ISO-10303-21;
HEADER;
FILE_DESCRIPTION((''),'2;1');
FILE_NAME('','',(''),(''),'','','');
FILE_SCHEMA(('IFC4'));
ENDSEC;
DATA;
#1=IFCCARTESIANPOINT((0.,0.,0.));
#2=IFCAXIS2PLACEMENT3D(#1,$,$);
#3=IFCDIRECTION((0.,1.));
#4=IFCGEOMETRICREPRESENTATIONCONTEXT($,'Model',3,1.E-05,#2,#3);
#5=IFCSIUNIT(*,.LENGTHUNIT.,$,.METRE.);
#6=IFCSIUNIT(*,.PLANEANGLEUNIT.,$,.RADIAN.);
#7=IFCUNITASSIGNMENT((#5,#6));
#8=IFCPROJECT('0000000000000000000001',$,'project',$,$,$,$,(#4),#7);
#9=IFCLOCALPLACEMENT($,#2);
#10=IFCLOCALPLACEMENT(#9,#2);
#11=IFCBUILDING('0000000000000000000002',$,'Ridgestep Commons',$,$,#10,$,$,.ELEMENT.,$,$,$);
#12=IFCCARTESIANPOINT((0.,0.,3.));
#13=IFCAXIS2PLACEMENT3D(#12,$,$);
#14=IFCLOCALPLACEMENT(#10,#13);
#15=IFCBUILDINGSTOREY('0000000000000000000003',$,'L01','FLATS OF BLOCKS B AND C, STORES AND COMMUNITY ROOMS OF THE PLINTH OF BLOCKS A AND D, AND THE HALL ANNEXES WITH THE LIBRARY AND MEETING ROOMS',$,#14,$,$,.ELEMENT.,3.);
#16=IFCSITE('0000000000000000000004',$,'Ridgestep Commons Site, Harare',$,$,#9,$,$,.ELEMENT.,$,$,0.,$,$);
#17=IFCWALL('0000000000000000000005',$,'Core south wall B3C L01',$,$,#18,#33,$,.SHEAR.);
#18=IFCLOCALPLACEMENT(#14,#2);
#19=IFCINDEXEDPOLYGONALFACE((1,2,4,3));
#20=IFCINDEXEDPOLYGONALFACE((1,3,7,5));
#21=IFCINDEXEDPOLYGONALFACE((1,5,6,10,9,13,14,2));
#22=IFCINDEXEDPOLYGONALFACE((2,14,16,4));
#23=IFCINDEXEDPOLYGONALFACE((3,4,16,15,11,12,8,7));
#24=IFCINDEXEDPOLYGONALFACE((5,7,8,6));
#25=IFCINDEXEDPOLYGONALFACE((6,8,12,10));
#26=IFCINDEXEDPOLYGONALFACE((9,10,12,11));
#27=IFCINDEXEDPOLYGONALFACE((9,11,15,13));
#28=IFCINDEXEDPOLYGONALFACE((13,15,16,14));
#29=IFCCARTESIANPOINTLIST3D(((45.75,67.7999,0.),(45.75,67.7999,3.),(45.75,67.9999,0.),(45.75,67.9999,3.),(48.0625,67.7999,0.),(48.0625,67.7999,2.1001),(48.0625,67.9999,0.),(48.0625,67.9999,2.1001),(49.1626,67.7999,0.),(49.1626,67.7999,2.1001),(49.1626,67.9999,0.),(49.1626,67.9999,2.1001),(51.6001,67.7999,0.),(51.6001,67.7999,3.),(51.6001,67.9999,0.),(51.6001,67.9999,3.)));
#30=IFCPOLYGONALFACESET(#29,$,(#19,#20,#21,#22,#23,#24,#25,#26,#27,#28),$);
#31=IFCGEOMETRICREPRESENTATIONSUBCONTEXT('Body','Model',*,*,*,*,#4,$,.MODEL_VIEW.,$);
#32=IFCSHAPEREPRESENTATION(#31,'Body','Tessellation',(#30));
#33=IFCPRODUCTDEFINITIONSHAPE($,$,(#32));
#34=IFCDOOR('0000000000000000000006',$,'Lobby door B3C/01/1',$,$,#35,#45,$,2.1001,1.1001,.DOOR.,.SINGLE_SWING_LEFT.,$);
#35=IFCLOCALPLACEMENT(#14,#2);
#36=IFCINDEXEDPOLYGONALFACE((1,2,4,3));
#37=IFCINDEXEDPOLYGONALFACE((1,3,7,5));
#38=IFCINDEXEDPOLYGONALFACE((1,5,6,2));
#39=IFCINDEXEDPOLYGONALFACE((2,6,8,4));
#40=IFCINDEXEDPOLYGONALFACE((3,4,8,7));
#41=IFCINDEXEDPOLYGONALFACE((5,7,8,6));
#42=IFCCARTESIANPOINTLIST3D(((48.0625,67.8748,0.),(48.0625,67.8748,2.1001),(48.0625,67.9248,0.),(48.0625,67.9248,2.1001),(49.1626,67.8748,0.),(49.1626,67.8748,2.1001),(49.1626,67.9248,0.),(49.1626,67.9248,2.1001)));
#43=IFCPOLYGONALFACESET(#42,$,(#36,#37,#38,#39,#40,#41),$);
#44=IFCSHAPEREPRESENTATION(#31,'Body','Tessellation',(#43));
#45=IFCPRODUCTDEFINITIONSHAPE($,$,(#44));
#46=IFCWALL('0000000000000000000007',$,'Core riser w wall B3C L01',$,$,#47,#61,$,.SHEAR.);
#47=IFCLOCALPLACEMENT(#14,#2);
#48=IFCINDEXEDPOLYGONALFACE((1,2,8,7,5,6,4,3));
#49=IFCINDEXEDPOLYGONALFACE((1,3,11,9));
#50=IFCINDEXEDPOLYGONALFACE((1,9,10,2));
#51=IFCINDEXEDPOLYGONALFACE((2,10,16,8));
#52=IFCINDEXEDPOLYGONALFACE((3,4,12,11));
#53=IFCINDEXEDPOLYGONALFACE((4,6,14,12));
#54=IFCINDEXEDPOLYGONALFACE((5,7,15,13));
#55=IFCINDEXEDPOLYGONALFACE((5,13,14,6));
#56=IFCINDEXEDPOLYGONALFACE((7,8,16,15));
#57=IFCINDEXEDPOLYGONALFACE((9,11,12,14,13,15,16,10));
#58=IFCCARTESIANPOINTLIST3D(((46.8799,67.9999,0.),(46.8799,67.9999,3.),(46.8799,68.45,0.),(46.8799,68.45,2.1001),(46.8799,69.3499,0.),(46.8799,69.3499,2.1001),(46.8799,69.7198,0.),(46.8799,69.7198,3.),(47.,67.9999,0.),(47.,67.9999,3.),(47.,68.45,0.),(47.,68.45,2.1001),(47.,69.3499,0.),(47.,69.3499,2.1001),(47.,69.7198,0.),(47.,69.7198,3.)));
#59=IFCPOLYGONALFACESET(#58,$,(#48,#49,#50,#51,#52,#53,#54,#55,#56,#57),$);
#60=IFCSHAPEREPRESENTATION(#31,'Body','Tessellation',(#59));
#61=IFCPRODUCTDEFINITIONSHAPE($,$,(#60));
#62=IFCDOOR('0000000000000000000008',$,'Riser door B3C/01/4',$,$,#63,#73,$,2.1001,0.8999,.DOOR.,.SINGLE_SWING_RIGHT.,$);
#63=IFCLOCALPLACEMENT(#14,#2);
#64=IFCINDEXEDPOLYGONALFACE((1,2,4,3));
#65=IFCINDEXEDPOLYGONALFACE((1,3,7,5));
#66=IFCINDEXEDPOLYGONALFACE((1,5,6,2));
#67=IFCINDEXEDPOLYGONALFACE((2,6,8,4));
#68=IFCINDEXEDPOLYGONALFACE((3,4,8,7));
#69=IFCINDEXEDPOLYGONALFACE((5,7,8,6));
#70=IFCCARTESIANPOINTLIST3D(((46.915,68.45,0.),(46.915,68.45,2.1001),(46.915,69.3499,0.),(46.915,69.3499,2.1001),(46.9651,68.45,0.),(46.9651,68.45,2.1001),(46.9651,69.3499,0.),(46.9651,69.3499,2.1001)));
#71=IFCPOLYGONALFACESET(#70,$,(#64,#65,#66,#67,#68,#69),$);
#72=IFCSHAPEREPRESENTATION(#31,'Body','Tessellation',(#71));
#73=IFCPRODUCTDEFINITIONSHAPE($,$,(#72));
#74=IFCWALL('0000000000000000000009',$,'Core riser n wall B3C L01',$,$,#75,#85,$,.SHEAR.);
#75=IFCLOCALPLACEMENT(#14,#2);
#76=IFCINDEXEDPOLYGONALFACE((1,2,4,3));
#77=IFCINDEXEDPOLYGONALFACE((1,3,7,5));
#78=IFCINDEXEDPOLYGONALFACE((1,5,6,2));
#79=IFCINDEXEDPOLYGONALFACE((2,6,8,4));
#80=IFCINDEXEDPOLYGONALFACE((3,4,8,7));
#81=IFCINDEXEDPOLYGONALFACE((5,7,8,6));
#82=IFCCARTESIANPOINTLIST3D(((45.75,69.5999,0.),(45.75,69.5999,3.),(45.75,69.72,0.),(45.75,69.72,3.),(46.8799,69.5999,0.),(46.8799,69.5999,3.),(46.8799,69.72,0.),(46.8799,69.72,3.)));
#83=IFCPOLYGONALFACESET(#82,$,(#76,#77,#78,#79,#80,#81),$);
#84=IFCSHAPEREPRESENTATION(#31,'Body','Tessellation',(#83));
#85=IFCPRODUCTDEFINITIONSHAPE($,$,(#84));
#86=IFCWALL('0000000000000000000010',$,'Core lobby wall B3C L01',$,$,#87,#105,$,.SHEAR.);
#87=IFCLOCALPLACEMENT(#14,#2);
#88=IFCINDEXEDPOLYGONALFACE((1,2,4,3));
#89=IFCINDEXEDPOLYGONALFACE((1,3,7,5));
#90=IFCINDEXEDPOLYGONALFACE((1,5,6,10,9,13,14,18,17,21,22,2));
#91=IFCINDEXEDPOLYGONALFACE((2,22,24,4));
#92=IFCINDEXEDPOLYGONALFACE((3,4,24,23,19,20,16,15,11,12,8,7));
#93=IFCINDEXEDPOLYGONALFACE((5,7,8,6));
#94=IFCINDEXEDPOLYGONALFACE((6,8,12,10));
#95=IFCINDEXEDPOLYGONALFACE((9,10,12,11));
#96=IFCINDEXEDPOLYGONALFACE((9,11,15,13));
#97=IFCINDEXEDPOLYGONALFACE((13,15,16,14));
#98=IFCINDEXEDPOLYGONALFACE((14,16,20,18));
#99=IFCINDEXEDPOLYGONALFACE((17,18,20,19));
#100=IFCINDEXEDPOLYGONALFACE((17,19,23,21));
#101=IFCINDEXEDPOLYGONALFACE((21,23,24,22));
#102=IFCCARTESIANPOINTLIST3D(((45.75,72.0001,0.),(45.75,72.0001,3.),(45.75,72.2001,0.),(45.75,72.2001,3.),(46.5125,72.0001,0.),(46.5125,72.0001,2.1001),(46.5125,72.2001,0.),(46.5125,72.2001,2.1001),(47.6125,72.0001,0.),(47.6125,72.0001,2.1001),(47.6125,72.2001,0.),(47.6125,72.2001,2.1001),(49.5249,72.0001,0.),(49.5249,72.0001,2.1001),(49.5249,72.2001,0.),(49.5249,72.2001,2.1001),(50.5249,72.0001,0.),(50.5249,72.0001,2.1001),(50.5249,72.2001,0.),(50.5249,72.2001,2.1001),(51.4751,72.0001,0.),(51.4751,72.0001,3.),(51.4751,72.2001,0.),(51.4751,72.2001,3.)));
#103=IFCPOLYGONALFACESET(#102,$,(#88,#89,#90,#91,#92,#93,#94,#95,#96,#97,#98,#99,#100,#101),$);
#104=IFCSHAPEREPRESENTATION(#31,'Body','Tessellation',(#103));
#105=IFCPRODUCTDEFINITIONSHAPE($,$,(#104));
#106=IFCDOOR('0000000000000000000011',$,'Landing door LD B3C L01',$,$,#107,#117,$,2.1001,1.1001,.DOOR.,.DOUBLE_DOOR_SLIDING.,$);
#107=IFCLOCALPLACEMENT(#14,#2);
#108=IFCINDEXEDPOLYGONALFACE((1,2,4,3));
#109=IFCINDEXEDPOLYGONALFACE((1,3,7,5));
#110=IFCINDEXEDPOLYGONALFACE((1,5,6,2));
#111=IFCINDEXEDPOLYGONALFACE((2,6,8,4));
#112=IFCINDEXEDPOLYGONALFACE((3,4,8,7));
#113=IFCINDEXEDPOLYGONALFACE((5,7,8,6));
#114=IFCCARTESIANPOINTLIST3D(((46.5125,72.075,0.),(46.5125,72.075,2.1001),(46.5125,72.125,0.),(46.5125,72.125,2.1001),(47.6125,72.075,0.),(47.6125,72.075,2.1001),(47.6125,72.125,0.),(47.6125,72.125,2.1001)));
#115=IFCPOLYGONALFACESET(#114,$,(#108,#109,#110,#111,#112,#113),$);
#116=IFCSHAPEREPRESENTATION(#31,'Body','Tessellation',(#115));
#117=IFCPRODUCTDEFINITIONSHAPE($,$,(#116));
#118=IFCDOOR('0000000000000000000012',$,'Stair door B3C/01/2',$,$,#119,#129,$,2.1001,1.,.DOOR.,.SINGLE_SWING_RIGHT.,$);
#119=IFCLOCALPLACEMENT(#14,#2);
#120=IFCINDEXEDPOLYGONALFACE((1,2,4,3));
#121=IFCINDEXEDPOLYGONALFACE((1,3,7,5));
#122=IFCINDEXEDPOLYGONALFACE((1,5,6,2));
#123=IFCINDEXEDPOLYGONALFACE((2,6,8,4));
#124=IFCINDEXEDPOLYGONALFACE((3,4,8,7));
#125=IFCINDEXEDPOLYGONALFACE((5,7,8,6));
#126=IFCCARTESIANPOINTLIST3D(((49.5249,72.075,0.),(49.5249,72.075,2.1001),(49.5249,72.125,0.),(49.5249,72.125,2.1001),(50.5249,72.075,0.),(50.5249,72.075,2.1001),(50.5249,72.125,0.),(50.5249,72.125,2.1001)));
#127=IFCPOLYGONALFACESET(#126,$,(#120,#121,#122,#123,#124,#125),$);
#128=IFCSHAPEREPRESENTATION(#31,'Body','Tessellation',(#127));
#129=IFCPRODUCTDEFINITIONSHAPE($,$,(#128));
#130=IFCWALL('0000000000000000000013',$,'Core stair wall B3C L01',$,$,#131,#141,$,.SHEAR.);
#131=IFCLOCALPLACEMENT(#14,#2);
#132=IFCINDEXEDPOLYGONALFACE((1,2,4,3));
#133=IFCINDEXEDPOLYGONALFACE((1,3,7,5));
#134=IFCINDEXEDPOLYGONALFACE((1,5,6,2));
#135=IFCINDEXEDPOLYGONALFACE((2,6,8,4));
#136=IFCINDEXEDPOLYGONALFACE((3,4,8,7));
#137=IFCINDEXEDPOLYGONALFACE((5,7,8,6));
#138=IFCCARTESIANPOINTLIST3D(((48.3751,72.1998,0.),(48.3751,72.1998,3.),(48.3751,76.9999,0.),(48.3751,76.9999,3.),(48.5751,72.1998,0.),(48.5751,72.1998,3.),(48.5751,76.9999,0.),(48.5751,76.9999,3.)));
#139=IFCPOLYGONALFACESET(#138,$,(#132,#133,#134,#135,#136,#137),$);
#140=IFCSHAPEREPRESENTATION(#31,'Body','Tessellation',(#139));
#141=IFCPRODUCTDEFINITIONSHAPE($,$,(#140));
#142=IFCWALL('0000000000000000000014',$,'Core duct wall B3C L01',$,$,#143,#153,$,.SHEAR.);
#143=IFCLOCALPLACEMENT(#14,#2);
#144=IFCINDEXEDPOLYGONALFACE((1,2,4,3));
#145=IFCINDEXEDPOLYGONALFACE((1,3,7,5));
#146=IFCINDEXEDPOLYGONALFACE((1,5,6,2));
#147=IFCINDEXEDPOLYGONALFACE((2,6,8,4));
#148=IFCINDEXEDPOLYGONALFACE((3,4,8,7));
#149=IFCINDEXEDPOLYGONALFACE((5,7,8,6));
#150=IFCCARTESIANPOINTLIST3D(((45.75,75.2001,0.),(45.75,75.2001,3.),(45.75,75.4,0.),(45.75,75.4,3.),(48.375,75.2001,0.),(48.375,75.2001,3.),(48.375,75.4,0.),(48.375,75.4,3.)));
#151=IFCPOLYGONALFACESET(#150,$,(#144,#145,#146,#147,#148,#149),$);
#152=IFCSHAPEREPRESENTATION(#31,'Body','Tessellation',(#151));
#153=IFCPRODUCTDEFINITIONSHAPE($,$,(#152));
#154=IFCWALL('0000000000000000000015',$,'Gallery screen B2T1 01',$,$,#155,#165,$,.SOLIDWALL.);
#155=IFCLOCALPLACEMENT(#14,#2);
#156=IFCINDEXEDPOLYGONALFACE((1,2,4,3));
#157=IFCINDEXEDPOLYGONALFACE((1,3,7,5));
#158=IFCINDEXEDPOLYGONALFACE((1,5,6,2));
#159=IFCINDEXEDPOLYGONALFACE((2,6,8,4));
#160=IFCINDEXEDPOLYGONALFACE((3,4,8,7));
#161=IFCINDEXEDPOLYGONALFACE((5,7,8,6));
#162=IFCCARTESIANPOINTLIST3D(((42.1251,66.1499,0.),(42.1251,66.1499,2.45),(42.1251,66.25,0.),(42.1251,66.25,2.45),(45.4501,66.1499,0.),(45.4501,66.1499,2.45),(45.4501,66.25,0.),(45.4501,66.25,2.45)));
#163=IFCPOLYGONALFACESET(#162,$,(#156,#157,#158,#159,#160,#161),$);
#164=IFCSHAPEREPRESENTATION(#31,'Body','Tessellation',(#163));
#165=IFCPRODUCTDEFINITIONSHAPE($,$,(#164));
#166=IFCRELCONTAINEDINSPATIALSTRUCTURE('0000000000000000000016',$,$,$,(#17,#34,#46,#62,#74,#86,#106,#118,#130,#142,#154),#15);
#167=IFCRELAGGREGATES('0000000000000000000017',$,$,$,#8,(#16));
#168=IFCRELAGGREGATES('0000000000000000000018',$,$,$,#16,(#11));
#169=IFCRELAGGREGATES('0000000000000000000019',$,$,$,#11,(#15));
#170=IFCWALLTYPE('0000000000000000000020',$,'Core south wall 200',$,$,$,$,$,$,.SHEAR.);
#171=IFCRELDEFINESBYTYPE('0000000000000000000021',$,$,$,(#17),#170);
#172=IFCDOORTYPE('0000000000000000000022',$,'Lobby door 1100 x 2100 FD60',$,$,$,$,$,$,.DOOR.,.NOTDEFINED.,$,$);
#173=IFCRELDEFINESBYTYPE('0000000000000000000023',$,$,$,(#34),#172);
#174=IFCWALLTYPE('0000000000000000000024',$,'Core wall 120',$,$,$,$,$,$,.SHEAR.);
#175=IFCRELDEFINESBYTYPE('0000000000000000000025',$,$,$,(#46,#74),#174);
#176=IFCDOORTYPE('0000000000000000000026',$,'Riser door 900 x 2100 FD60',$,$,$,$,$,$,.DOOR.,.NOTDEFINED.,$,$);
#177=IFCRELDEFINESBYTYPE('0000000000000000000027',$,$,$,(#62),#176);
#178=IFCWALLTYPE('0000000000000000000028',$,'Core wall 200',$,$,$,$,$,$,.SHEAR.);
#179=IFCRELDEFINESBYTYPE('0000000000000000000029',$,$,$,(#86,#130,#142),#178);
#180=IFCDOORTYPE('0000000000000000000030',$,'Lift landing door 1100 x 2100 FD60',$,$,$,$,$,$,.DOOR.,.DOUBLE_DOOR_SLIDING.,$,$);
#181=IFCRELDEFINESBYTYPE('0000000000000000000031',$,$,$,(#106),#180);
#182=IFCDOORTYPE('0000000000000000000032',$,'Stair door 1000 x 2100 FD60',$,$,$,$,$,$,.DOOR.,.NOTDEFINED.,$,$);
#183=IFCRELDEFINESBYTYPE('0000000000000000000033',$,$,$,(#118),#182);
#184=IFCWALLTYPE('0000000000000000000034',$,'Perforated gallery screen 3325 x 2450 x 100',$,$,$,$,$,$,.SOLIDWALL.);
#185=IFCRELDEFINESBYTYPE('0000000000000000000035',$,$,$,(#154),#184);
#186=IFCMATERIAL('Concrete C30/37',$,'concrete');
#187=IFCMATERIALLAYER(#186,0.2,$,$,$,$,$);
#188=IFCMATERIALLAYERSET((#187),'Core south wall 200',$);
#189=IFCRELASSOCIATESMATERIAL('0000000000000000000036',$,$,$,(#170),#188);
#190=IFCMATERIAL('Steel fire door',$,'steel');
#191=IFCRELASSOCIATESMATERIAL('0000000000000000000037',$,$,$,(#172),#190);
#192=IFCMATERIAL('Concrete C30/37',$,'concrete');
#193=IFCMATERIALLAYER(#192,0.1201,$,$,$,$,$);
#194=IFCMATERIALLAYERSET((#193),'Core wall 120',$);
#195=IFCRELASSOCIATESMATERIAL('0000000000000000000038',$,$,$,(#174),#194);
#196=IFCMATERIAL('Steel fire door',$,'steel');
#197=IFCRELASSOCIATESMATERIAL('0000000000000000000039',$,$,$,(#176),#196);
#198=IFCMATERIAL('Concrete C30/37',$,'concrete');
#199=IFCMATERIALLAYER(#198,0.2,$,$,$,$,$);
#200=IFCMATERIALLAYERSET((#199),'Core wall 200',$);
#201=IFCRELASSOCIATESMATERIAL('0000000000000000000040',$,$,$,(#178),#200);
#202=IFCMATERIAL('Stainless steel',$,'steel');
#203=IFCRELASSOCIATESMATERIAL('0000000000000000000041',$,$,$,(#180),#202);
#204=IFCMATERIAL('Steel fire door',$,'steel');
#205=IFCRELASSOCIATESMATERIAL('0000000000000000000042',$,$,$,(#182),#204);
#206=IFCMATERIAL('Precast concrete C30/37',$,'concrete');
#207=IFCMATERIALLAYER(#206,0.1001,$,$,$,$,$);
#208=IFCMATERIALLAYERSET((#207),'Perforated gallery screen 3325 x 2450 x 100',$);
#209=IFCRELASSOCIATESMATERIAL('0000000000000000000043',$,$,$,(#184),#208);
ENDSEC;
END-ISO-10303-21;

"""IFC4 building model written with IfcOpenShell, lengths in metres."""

from ifc_helpers import new_model, si_unit, direction, frame, frame_2d, origin, place, context, subcontext, project, spatial, rectangle, extrude, material, layer, layer_set, type_object, element, fill, save


model = new_model("IFC4")

# Units and contexts
model_context = context("Model", 3, precision=1e-05, world=origin(), true_north=direction((0.0, 1.0)))
body_context = subcontext(model_context, "Body", "Model", "MODEL_VIEW")
ifc_project = project(units=[si_unit("LENGTHUNIT", "METRE"), si_unit("PLANEANGLEUNIT", "RADIAN")], contexts=[model_context])

# Site, building, storey
site_placement = place(None, origin())
site = spatial("IfcSite", under=ifc_project, at=site_placement, Name="Ridgestep Commons Site, Harare", CompositionType="ELEMENT", RefElevation=0.0)
building_placement = place(site_placement, origin())
building = spatial("IfcBuilding", under=site, at=building_placement, Name="Ridgestep Commons", CompositionType="ELEMENT")
storey_placement = place(building_placement, frame((0.0, 0.0, 3.0)))
storey = spatial("IfcBuildingStorey", under=building, at=storey_placement, Name="L01", Description="FLATS OF BLOCKS B AND C, STORES AND COMMUNITY ROOMS OF THE PLINTH OF BLOCKS A AND D, AND THE HALL ANNEXES WITH THE LIBRARY AND MEETING ROOMS", CompositionType="ELEMENT", Elevation=3.0)

# Walls, openings, doors
ifc_material_1 = material(Name="Concrete C30/37", Category="concrete")
ifc_layer_1 = layer(ifc_material_1, 0.2)
ifc_layer_set_1 = layer_set([ifc_layer_1], Name="Core south wall 200")
wall_type_1 = type_object("IfcWallType", Name="Core south wall 200", PredefinedType="SHEAR", material=ifc_layer_set_1)
wall_1_placement = place(storey_placement, frame((45.75, 67.8999, 0.0), z_axis=(0.0, 0.0, 1.0), x_axis=(1.0, 0.0, 0.0)))
wall_1 = element("IfcWall", 1, at=wall_1_placement, inside=storey, type_object=wall_type_1, Name="Core south wall B3C L01", PredefinedType="SHEAR", context=body_context, shape_type="SweptSolid", body=[
    extrude(rectangle(XDim=5.8501, YDim=0.2, at=frame_2d((2.925, 0.0))), origin(), (0.0, 0.0, 1.0), 3.0),
])
opening_1_placement = place(wall_1_placement, frame((2.3125, 0.0, 0.0)))
opening_1 = element("IfcOpeningElement", 2, at=opening_1_placement, cuts=wall_1, PredefinedType="OPENING", context=body_context, shape_type="SweptSolid", body=[
    extrude(rectangle(XDim=1.1001, YDim=2.1001, at=frame_2d((0.55, 1.05))), frame((0.0, 0.1099, 0.0), z_axis=(0.0, -1.0, 0.0), x_axis=(1.0, 0.0, 0.0)), (0.0, 0.0, 1.0), 0.22),
])
ifc_material_2 = material(Name="Steel fire door", Category="steel")
door_type_1 = type_object("IfcDoorType", Name="Lobby door 1100 x 2100 FD60", OperationType="NOTDEFINED", PredefinedType="DOOR", material=ifc_material_2)
door_1_placement = place(opening_1_placement, origin())
door_1 = element("IfcDoor", 3, at=door_1_placement, inside=storey, type_object=door_type_1, Name="Lobby door B3C/01/1", OperationType="SINGLE_SWING_LEFT", OverallHeight=2.1001, OverallWidth=1.1001, PredefinedType="DOOR", context=body_context, shape_type="SweptSolid", body=[
    extrude(rectangle(XDim=1.1001, YDim=2.1001, at=frame_2d((0.55, 1.05))), frame((0.0, 0.0249, 0.0), z_axis=(0.0, -1.0, 0.0), x_axis=(1.0, 0.0, 0.0)), (0.0, 0.0, 1.0), 0.05),
])
fill(opening_1, door_1)
ifc_material_3 = material(Name="Concrete C30/37", Category="concrete")
ifc_layer_2 = layer(ifc_material_3, 0.1201)
ifc_layer_set_2 = layer_set([ifc_layer_2], Name="Core wall 120")
wall_type_2 = type_object("IfcWallType", Name="Core wall 120", PredefinedType="SHEAR", material=ifc_layer_set_2)
wall_2_placement = place(storey_placement, frame((46.9399, 68.0, 0.0), z_axis=(0.0, 0.0, 1.0), x_axis=(0.0, 1.0, 0.0)))
wall_2 = element("IfcWall", 4, at=wall_2_placement, inside=storey, type_object=wall_type_2, Name="Core riser w wall B3C L01", PredefinedType="SHEAR", context=body_context, shape_type="SweptSolid", body=[
    extrude(rectangle(XDim=1.72, YDim=0.1201, at=frame_2d((0.8599, 0.0))), origin(), (0.0, 0.0, 1.0), 3.0),
])
opening_2_placement = place(wall_2_placement, frame((0.45, 0.0, 0.0)))
opening_2 = element("IfcOpeningElement", 5, at=opening_2_placement, cuts=wall_2, PredefinedType="OPENING", context=body_context, shape_type="SweptSolid", body=[
    extrude(rectangle(XDim=0.8999, YDim=2.1001, at=frame_2d((0.45, 1.05))), frame((0.0, 0.0701, 0.0), z_axis=(0.0, -1.0, 0.0), x_axis=(1.0, 0.0, 0.0)), (0.0, 0.0, 1.0), 0.1401),
])
ifc_material_4 = material(Name="Steel fire door", Category="steel")
door_type_2 = type_object("IfcDoorType", Name="Riser door 900 x 2100 FD60", OperationType="NOTDEFINED", PredefinedType="DOOR", material=ifc_material_4)
door_2_placement = place(opening_2_placement, origin())
door_2 = element("IfcDoor", 6, at=door_2_placement, inside=storey, type_object=door_type_2, Name="Riser door B3C/01/4", OperationType="SINGLE_SWING_RIGHT", OverallHeight=2.1001, OverallWidth=0.8999, PredefinedType="DOOR", context=body_context, shape_type="SweptSolid", body=[
    extrude(rectangle(XDim=0.8999, YDim=2.1001, at=frame_2d((0.45, 1.05))), frame((0.0, 0.0249, 0.0), z_axis=(0.0, -1.0, 0.0), x_axis=(1.0, 0.0, 0.0)), (0.0, 0.0, 1.0), 0.05),
])
fill(opening_2, door_2)

# Wall
wall_3_placement = place(storey_placement, frame((45.75, 69.6599, 0.0), z_axis=(0.0, 0.0, 1.0), x_axis=(1.0, 0.0, 0.0)))
element("IfcWall", 7, at=wall_3_placement, inside=storey, type_object=wall_type_2, Name="Core riser n wall B3C L01", PredefinedType="SHEAR", context=body_context, shape_type="SweptSolid", body=[
    extrude(rectangle(XDim=1.1299, YDim=0.1201, at=frame_2d((0.5649, 0.0))), origin(), (0.0, 0.0, 1.0), 3.0),
])

# Wall, openings, doors
ifc_material_5 = material(Name="Concrete C30/37", Category="concrete")
ifc_layer_3 = layer(ifc_material_5, 0.2)
ifc_layer_set_3 = layer_set([ifc_layer_3], Name="Core wall 200")
wall_type_3 = type_object("IfcWallType", Name="Core wall 200", PredefinedType="SHEAR", material=ifc_layer_set_3)
wall_4_placement = place(storey_placement, frame((45.75, 72.1001, 0.0), z_axis=(0.0, 0.0, 1.0), x_axis=(1.0, 0.0, 0.0)))
wall_4 = element("IfcWall", 8, at=wall_4_placement, inside=storey, type_object=wall_type_3, Name="Core lobby wall B3C L01", PredefinedType="SHEAR", context=body_context, shape_type="SweptSolid", body=[
    extrude(rectangle(XDim=5.7251, YDim=0.2, at=frame_2d((2.8625, 0.0))), origin(), (0.0, 0.0, 1.0), 3.0),
])
opening_3_placement = place(wall_4_placement, frame((3.7749, 0.0, 0.0)))
opening_3 = element("IfcOpeningElement", 9, at=opening_3_placement, cuts=wall_4, PredefinedType="OPENING", context=body_context, shape_type="SweptSolid", body=[
    extrude(rectangle(XDim=1.0, YDim=2.1001, at=frame_2d((0.5, 1.05))), frame((0.0, 0.1099, 0.0), z_axis=(0.0, -1.0, 0.0), x_axis=(1.0, 0.0, 0.0)), (0.0, 0.0, 1.0), 0.22),
])
opening_4_placement = place(wall_4_placement, frame((0.7625, 0.0, 0.0)))
opening_4 = element("IfcOpeningElement", 10, at=opening_4_placement, cuts=wall_4, PredefinedType="OPENING", context=body_context, shape_type="SweptSolid", body=[
    extrude(rectangle(XDim=1.1001, YDim=2.1001, at=frame_2d((0.55, 1.05))), frame((0.0, 0.1099, 0.0), z_axis=(0.0, -1.0, 0.0), x_axis=(1.0, 0.0, 0.0)), (0.0, 0.0, 1.0), 0.22),
])
ifc_material_6 = material(Name="Stainless steel", Category="steel")
door_type_3 = type_object("IfcDoorType", Name="Lift landing door 1100 x 2100 FD60", OperationType="DOUBLE_DOOR_SLIDING", PredefinedType="DOOR", material=ifc_material_6)
door_3_placement = place(opening_4_placement, origin())
door_3 = element("IfcDoor", 11, at=door_3_placement, inside=storey, type_object=door_type_3, Name="Landing door LD B3C L01", OperationType="DOUBLE_DOOR_SLIDING", OverallHeight=2.1001, OverallWidth=1.1001, PredefinedType="DOOR", context=body_context, shape_type="SweptSolid", body=[
    extrude(rectangle(XDim=1.1001, YDim=2.1001, at=frame_2d((0.55, 1.05))), frame((0.0, 0.0249, 0.0), z_axis=(0.0, -1.0, 0.0), x_axis=(1.0, 0.0, 0.0)), (0.0, 0.0, 1.0), 0.05),
])
fill(opening_4, door_3)
ifc_material_7 = material(Name="Steel fire door", Category="steel")
door_type_4 = type_object("IfcDoorType", Name="Stair door 1000 x 2100 FD60", OperationType="NOTDEFINED", PredefinedType="DOOR", material=ifc_material_7)
door_4_placement = place(opening_3_placement, origin())
door_4 = element("IfcDoor", 12, at=door_4_placement, inside=storey, type_object=door_type_4, Name="Stair door B3C/01/2", OperationType="SINGLE_SWING_RIGHT", OverallHeight=2.1001, OverallWidth=1.0, PredefinedType="DOOR", context=body_context, shape_type="SweptSolid", body=[
    extrude(rectangle(XDim=1.0, YDim=2.1001, at=frame_2d((0.5, 1.05))), frame((0.0, 0.0249, 0.0), z_axis=(0.0, -1.0, 0.0), x_axis=(1.0, 0.0, 0.0)), (0.0, 0.0, 1.0), 0.05),
])
fill(opening_3, door_4)

# Walls
wall_5_placement = place(storey_placement, frame((48.4751, 72.2, 0.0), z_axis=(0.0, 0.0, 1.0), x_axis=(0.0, 1.0, 0.0)))
element("IfcWall", 13, at=wall_5_placement, inside=storey, type_object=wall_type_3, Name="Core stair wall B3C L01", PredefinedType="SHEAR", context=body_context, shape_type="SweptSolid", body=[
    extrude(rectangle(XDim=4.8, YDim=0.2, at=frame_2d((2.3999, 0.0))), origin(), (0.0, 0.0, 1.0), 3.0),
])
wall_6_placement = place(storey_placement, frame((45.75, 75.3, 0.0), z_axis=(0.0, 0.0, 1.0), x_axis=(1.0, 0.0, 0.0)))
element("IfcWall", 14, at=wall_6_placement, inside=storey, type_object=wall_type_3, Name="Core duct wall B3C L01", PredefinedType="SHEAR", context=body_context, shape_type="SweptSolid", body=[
    extrude(rectangle(XDim=2.625, YDim=0.2, at=frame_2d((1.3125, 0.0))), origin(), (0.0, 0.0, 1.0), 3.0),
])
ifc_material_8 = material(Name="Precast concrete C30/37", Category="concrete")
ifc_layer_4 = layer(ifc_material_8, 0.1001)
ifc_layer_set_4 = layer_set([ifc_layer_4], Name="Perforated gallery screen 3325 x 2450 x 100")
wall_type_4 = type_object("IfcWallType", Name="Perforated gallery screen 3325 x 2450 x 100", PredefinedType="SOLIDWALL", material=ifc_layer_set_4)
wall_7_placement = place(storey_placement, frame((42.125, 66.2, 0.0), z_axis=(0.0, 0.0, 1.0), x_axis=(1.0, 0.0, 0.0)))
element("IfcWall", 15, at=wall_7_placement, inside=storey, type_object=wall_type_4, Name="Gallery screen B2T1 01", PredefinedType="SOLIDWALL", context=body_context, shape_type="SweptSolid", body=[
    extrude(rectangle(XDim=3.325, YDim=0.1001, at=frame_2d((1.6626, 0.0))), origin(), (0.0, 0.0, 1.0), 2.45),
])

save(model, "model.ifc")
